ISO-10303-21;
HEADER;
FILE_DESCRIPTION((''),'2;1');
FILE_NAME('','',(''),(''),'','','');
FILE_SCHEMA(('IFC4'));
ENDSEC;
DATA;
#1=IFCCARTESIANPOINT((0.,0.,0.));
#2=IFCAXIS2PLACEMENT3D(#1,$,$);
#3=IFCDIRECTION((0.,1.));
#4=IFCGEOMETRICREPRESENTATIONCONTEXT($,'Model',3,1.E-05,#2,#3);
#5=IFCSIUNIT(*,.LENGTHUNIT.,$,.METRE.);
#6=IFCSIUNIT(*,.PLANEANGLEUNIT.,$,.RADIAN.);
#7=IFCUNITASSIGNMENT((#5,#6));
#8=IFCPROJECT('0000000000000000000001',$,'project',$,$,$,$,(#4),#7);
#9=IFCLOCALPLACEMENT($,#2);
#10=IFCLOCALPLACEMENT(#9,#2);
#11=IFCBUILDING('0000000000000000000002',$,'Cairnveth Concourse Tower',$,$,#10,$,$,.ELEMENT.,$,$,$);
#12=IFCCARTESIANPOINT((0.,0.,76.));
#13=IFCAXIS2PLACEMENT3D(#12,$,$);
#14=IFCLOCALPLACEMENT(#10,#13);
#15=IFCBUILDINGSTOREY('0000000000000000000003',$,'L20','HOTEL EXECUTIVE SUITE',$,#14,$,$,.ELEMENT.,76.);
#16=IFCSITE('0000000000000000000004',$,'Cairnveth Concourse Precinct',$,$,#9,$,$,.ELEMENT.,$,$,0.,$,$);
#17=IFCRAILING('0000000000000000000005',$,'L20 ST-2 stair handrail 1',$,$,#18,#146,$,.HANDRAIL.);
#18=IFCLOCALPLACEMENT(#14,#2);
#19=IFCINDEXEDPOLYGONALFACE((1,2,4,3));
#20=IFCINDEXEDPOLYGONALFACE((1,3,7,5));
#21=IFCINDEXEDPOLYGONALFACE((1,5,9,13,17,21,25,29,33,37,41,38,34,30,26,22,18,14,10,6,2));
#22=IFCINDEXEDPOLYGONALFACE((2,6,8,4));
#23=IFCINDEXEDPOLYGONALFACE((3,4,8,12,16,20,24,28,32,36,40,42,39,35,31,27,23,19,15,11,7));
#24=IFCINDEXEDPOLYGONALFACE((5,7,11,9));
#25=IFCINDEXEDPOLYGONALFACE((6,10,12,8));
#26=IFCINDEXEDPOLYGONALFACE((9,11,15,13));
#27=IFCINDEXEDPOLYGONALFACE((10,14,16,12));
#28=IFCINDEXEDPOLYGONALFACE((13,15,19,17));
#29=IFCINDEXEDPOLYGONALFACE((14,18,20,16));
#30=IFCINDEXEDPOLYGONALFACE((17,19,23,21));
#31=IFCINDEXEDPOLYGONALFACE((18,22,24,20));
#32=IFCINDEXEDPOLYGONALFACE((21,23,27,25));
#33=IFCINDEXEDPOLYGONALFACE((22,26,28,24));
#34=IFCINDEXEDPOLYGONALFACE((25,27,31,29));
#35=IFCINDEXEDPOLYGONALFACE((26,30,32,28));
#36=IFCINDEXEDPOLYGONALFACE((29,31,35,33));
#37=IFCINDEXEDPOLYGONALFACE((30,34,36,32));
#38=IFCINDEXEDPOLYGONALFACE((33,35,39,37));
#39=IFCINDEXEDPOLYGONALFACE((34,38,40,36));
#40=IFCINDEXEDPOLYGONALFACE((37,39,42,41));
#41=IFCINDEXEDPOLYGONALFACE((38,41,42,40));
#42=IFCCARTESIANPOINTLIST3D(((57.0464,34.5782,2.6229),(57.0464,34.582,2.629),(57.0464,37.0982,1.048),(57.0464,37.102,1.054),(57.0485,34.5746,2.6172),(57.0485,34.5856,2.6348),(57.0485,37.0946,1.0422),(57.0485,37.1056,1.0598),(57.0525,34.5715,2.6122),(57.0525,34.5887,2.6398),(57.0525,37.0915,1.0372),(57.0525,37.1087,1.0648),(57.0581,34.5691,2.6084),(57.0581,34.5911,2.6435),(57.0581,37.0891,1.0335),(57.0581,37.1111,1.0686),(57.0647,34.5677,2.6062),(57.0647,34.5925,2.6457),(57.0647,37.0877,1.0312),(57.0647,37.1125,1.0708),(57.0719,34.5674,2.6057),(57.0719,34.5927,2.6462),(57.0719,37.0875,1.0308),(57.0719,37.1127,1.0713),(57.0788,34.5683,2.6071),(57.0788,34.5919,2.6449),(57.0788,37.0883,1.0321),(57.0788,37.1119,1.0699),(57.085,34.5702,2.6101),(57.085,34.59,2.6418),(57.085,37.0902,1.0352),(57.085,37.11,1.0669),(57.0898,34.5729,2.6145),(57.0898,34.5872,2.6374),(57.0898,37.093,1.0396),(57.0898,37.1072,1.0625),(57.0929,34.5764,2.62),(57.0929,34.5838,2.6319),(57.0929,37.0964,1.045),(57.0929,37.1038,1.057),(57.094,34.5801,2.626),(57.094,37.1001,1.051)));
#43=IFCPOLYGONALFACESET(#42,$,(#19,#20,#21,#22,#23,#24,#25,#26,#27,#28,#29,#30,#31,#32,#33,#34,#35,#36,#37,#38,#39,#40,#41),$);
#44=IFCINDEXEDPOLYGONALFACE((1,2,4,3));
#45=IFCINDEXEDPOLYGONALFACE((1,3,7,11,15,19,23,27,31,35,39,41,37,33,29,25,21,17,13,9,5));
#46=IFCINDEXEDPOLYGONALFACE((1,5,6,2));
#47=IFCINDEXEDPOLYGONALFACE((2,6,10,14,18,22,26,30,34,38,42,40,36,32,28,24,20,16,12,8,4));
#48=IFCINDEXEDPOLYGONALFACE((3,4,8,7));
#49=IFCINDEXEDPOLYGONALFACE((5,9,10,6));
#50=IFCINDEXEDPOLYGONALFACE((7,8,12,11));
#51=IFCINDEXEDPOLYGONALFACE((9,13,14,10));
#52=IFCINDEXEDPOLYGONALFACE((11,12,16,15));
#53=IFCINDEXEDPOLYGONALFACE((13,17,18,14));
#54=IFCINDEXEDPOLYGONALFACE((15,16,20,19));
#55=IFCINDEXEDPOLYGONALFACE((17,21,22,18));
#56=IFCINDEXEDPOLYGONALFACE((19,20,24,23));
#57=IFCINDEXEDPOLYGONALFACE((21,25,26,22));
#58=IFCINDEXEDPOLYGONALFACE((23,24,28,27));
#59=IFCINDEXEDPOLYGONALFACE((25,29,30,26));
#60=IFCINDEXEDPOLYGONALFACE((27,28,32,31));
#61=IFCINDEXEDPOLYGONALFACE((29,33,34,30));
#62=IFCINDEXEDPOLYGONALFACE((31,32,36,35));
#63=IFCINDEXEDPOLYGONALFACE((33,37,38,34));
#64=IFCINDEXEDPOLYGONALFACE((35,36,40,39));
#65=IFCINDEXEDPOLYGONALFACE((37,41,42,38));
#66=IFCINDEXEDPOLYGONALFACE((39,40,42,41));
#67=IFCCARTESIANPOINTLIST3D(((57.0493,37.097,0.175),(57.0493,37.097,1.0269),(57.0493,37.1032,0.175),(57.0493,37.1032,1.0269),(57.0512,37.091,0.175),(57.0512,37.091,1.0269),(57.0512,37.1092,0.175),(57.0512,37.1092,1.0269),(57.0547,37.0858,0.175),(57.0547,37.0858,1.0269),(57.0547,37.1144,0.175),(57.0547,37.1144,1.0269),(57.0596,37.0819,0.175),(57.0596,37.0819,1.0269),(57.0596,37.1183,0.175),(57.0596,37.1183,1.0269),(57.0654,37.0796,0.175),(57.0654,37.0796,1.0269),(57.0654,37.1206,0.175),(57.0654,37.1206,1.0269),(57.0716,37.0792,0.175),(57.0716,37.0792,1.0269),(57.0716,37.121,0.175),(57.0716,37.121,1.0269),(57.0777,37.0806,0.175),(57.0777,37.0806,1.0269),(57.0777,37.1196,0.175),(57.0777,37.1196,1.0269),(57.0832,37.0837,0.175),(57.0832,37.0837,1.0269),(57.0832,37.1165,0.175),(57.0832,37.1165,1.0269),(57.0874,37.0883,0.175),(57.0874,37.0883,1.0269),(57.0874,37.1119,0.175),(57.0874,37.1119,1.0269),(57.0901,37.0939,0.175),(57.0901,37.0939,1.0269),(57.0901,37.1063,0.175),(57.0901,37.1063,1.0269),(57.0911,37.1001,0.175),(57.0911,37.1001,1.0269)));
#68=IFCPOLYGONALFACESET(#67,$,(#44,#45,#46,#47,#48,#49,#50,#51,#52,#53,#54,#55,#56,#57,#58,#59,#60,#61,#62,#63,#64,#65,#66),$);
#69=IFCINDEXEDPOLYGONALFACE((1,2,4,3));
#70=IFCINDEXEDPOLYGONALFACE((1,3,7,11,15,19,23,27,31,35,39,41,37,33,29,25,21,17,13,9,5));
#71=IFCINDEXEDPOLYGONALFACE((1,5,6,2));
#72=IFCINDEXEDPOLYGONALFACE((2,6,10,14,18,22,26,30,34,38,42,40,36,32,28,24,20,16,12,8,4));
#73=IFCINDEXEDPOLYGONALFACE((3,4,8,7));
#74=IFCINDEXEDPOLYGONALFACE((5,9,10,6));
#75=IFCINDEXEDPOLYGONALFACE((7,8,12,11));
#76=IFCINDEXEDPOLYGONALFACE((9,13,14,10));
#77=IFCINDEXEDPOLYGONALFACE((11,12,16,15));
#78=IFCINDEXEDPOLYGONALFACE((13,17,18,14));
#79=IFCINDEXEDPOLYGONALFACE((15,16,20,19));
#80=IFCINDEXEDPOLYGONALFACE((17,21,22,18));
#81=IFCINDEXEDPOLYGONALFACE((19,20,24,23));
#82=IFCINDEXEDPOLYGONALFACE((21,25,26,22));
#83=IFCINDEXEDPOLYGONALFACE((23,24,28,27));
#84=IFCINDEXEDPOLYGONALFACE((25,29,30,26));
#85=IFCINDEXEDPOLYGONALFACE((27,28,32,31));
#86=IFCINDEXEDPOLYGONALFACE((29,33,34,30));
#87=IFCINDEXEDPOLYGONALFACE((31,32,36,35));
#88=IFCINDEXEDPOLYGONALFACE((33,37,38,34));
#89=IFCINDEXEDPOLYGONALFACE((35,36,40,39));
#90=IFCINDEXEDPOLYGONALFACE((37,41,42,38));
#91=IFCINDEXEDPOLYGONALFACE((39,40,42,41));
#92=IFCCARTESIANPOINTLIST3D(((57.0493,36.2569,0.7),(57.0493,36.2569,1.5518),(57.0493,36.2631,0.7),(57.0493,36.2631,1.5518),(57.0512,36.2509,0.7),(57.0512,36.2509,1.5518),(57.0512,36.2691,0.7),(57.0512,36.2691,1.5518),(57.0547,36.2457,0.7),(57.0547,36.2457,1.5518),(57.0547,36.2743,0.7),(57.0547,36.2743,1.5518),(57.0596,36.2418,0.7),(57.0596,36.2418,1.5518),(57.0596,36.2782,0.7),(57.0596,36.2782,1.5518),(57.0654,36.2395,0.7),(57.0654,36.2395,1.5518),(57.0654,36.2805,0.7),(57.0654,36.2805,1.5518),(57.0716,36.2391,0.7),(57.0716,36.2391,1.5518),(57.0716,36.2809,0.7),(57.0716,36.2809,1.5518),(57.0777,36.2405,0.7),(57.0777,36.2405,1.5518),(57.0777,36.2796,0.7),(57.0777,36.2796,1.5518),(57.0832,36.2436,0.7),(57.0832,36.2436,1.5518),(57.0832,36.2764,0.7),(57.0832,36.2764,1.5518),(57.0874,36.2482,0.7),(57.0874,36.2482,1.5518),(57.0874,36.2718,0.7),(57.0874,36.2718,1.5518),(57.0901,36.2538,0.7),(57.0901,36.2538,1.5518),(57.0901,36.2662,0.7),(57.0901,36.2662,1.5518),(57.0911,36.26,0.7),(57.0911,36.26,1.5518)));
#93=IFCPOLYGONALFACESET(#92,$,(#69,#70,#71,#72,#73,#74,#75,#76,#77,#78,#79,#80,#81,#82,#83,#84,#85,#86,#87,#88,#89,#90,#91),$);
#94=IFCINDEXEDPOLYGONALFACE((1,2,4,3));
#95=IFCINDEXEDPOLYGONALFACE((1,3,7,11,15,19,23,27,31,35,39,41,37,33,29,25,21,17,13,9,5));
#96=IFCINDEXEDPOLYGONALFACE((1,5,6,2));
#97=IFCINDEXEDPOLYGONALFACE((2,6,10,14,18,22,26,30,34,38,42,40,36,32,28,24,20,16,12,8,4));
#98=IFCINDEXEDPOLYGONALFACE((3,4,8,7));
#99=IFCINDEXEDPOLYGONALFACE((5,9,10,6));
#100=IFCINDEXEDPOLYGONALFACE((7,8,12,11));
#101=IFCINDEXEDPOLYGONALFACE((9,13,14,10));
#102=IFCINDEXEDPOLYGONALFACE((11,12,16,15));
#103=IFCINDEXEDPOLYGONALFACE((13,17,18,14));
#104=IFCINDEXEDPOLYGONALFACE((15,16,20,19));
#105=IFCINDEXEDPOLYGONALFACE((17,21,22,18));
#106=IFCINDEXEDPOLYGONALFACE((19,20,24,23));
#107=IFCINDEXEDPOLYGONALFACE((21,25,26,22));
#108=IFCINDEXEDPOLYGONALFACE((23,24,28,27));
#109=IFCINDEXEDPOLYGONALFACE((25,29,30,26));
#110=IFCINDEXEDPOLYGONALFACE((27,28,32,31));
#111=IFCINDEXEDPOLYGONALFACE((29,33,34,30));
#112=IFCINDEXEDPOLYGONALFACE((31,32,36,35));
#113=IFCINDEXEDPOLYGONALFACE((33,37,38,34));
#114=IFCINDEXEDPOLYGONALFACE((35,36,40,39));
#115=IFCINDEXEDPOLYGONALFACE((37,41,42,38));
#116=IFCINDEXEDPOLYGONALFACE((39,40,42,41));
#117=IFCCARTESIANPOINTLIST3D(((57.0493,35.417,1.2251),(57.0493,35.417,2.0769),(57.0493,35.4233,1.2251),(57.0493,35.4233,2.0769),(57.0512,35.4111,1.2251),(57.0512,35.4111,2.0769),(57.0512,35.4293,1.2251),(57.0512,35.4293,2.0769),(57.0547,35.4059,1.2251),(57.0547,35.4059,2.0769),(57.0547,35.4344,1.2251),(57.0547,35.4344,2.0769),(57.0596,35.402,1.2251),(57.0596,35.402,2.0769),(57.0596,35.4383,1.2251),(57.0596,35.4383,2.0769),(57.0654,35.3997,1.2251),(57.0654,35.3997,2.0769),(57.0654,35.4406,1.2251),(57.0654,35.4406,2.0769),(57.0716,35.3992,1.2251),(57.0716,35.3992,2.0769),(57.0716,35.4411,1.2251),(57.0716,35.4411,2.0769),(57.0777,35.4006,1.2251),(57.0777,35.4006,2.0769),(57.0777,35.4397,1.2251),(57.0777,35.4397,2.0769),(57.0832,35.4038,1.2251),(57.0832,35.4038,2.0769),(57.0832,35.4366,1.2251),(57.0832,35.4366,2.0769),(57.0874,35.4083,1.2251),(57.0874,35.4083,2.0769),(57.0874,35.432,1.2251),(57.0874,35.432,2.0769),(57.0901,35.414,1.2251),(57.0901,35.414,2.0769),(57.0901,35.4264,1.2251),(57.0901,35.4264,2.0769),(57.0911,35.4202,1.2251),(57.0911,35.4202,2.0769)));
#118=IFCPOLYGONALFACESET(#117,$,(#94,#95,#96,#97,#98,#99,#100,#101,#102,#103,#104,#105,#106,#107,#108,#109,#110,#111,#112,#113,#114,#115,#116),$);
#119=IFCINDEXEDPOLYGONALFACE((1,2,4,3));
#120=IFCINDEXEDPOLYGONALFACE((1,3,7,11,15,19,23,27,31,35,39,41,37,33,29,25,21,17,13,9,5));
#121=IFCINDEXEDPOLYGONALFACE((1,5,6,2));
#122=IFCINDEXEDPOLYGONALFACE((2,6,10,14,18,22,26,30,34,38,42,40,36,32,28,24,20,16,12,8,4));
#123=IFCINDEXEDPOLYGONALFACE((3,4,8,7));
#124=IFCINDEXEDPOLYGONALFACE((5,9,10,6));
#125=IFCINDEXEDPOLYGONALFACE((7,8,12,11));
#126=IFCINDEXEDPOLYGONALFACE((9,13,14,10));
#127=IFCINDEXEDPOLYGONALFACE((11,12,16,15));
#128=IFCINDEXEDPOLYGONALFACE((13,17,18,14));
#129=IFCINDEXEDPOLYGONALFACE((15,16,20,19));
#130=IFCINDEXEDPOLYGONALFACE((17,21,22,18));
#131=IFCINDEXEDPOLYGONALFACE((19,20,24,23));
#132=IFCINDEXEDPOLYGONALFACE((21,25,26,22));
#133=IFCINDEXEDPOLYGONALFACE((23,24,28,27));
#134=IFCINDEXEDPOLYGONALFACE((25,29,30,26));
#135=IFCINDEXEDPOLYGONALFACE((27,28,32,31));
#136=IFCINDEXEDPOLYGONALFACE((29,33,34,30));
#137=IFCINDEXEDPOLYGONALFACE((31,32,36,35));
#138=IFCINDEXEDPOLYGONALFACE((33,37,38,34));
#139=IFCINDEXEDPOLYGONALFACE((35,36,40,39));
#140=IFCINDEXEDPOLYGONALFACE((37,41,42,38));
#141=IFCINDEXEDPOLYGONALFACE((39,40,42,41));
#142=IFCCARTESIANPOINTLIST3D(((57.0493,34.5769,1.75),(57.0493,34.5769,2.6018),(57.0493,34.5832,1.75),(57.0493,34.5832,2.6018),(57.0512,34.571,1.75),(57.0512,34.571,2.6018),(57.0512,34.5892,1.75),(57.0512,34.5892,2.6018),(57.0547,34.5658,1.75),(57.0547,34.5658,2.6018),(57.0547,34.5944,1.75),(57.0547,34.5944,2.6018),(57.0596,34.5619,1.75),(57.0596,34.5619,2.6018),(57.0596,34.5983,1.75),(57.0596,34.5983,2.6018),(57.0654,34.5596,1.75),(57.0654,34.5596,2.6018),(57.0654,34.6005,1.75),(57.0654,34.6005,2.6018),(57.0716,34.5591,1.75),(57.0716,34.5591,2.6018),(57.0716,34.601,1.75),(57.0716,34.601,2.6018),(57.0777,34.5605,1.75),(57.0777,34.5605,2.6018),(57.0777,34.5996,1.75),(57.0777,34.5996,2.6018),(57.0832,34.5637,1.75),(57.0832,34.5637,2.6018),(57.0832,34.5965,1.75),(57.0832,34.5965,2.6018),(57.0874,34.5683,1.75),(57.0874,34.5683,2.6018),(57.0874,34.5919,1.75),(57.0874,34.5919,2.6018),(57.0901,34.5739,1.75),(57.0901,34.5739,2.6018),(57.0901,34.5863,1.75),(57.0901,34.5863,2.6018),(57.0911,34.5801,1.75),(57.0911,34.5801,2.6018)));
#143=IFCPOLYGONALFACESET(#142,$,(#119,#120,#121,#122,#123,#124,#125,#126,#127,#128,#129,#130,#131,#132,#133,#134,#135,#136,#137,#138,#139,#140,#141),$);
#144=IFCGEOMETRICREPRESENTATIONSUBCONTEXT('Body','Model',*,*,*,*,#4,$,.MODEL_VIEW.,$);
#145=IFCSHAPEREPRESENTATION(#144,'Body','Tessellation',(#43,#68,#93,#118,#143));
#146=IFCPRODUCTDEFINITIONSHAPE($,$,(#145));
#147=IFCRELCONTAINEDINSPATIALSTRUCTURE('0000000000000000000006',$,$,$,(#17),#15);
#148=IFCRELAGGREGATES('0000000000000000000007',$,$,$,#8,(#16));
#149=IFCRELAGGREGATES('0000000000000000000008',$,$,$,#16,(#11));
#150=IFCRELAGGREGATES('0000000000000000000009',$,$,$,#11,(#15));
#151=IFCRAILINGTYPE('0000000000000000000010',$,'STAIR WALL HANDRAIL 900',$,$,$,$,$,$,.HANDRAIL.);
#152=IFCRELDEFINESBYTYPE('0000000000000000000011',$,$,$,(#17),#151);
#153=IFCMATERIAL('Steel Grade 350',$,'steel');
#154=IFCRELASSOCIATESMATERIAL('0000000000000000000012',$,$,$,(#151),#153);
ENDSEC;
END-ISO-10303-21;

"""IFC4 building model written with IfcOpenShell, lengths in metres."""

from ifc_helpers import new_model, si_unit, direction, frame, origin, origin_2d, place, context, subcontext, project, spatial, circle, extrude, material, type_object, element, save


model = new_model("IFC4")

# Units and contexts
model_context = context("Model", 3, precision=1e-05, world=origin(), true_north=direction((0.0, 1.0)))
body_context = subcontext(model_context, "Body", "Model", "MODEL_VIEW")
ifc_project = project(units=[si_unit("LENGTHUNIT", "METRE"), si_unit("PLANEANGLEUNIT", "RADIAN")], contexts=[model_context])

# Site, building, storey
site_placement = place(None, origin())
site = spatial("IfcSite", under=ifc_project, at=site_placement, Name="Cairnveth Concourse Precinct", CompositionType="ELEMENT", RefElevation=0.0)
building_placement = place(site_placement, origin())
building = spatial("IfcBuilding", under=site, at=building_placement, Name="Cairnveth Concourse Tower", CompositionType="ELEMENT")
storey_placement = place(building_placement, frame((0.0, 0.0, 76.0)))
storey = spatial("IfcBuildingStorey", under=building, at=storey_placement, Name="L20", Description="HOTEL EXECUTIVE SUITE", CompositionType="ELEMENT", Elevation=76.0)

# Shared definitions
ifc_material_1 = material(Name="Steel Grade 350", Category="steel")

# Railing
railing_type_1 = type_object("IfcRailingType", Name="STAIR WALL HANDRAIL 900", PredefinedType="HANDRAIL", material=ifc_material_1)
railing_1_placement = place(storey_placement, frame((57.0701, 37.1001, 0.175)))
element("IfcRailing", 1, at=railing_1_placement, inside=storey, type_object=railing_type_1, Name="L20 ST-2 stair handrail 1", PredefinedType="HANDRAIL", context=body_context, shape_type="SweptSolid", body=[
    extrude(circle(Radius=0.0239, at=origin_2d()), frame((0.0, 0.0, 0.876), z_axis=(0.0, -0.848008, 0.529984), x_axis=(1.0, 0.0, 0.0)), (0.0, 0.0, 1.0), 2.9717),
    extrude(circle(Radius=0.021, at=origin_2d()), origin(), (0.0, 0.0, 1.0), 0.8518),
    extrude(circle(Radius=0.021, at=origin_2d()), frame((0.0, -0.8401, 0.5249)), (0.0, 0.0, 1.0), 0.8518),
    extrude(circle(Radius=0.021, at=origin_2d()), frame((0.0, -1.6799, 1.05)), (0.0, 0.0, 1.0), 0.8518),
    extrude(circle(Radius=0.021, at=origin_2d()), frame((0.0, -2.52, 1.575)), (0.0, 0.0, 1.0), 0.8518),
])

save(model, "model.ifc")
